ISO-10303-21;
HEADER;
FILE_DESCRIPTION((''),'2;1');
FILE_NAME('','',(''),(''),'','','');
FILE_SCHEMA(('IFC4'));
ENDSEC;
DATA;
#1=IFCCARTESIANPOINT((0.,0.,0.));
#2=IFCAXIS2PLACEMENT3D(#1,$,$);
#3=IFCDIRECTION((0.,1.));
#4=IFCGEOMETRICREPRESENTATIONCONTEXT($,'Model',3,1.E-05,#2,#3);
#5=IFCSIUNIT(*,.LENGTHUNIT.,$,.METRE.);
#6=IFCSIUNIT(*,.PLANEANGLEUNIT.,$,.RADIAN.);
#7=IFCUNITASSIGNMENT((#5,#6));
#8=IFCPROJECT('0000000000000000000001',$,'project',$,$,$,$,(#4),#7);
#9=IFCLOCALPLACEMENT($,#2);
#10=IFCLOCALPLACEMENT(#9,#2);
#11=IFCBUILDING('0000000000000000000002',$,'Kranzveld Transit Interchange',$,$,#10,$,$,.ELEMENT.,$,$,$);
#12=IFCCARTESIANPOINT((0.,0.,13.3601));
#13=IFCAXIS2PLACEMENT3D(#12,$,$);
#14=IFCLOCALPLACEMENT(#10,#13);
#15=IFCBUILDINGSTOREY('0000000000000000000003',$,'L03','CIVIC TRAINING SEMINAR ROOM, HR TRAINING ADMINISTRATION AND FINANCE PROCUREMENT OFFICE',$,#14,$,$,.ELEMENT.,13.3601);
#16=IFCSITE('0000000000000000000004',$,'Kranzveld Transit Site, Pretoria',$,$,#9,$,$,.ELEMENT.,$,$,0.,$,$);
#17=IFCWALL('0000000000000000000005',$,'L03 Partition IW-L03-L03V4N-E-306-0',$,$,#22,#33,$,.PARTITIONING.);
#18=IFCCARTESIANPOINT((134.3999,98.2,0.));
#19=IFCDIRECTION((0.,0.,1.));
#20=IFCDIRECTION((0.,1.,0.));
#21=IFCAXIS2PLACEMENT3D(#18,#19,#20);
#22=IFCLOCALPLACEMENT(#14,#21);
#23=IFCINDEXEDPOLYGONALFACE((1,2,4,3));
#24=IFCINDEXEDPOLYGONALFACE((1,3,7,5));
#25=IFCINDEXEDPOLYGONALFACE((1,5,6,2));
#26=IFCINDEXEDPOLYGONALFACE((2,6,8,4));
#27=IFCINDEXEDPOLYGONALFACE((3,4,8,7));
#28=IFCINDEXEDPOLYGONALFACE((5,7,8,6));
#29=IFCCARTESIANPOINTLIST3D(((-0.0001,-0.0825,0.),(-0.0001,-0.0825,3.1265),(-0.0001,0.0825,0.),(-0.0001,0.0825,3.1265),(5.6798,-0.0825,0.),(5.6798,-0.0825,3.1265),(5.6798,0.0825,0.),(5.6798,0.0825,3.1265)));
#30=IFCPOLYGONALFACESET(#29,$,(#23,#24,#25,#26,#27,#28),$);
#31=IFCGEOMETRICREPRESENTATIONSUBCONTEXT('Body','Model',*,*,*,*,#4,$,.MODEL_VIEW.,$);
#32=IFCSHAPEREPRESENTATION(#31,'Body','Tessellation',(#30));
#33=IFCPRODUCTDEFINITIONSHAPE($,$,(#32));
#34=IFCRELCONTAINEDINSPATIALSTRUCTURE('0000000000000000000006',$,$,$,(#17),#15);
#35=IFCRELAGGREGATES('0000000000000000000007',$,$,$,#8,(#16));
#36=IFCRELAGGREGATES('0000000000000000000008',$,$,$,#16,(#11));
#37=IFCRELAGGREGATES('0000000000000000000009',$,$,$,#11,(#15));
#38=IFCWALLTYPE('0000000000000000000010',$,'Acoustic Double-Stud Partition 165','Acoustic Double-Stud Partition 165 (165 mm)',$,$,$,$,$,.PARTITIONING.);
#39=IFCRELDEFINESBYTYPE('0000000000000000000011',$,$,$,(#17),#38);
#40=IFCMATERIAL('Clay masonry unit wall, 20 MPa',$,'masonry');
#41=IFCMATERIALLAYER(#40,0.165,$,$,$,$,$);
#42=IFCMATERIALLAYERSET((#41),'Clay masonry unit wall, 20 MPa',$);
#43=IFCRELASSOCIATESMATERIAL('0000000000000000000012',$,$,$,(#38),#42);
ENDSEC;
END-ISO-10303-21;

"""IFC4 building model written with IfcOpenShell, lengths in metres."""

from ifc_helpers import new_model, si_unit, direction, frame, frame_2d, origin, place, context, subcontext, project, spatial, rectangle, extrude, material, layer, layer_set, type_object, element, save


model = new_model("IFC4")

# Units and contexts
model_context = context("Model", 3, precision=1e-05, world=origin(), true_north=direction((0.0, 1.0)))
body_context = subcontext(model_context, "Body", "Model", "MODEL_VIEW")
ifc_project = project(units=[si_unit("LENGTHUNIT", "METRE"), si_unit("PLANEANGLEUNIT", "RADIAN")], contexts=[model_context])

# Site, building, storey
site_placement = place(None, origin())
site = spatial("IfcSite", under=ifc_project, at=site_placement, Name="Kranzveld Transit Site, Pretoria", CompositionType="ELEMENT", RefElevation=0.0)
building_placement = place(site_placement, origin())
building = spatial("IfcBuilding", under=site, at=building_placement, Name="Kranzveld Transit Interchange", CompositionType="ELEMENT")
storey_placement = place(building_placement, frame((0.0, 0.0, 13.3601)))
storey = spatial("IfcBuildingStorey", under=building, at=storey_placement, Name="L03", Description="CIVIC TRAINING SEMINAR ROOM, HR TRAINING ADMINISTRATION AND FINANCE PROCUREMENT OFFICE", CompositionType="ELEMENT", Elevation=13.3601)

# Wall
ifc_material_1 = material(Name="Clay masonry unit wall, 20 MPa", Category="masonry")
ifc_layer_1 = layer(ifc_material_1, 0.165)
ifc_layer_set_1 = layer_set([ifc_layer_1], Name="Clay masonry unit wall, 20 MPa")
wall_type_1 = type_object("IfcWallType", Name="Acoustic Double-Stud Partition 165", Description="Acoustic Double-Stud Partition 165 (165 mm)", PredefinedType="PARTITIONING", material=ifc_layer_set_1)
wall_1_placement = place(storey_placement, frame((134.3999, 98.2, 0.0), z_axis=(0.0, 0.0, 1.0), x_axis=(0.0, 1.0, 0.0)))
element("IfcWall", 1, at=wall_1_placement, inside=storey, type_object=wall_type_1, Name="L03 Partition IW-L03-L03V4N-E-306-0", PredefinedType="PARTITIONING", context=body_context, shape_type="SweptSolid", body=[
    extrude(rectangle(XDim=5.6799, YDim=0.165, at=frame_2d((2.8398, 0.0))), origin(), (0.0, 0.0, 1.0), 3.1265),
])

save(model, "model.ifc")
